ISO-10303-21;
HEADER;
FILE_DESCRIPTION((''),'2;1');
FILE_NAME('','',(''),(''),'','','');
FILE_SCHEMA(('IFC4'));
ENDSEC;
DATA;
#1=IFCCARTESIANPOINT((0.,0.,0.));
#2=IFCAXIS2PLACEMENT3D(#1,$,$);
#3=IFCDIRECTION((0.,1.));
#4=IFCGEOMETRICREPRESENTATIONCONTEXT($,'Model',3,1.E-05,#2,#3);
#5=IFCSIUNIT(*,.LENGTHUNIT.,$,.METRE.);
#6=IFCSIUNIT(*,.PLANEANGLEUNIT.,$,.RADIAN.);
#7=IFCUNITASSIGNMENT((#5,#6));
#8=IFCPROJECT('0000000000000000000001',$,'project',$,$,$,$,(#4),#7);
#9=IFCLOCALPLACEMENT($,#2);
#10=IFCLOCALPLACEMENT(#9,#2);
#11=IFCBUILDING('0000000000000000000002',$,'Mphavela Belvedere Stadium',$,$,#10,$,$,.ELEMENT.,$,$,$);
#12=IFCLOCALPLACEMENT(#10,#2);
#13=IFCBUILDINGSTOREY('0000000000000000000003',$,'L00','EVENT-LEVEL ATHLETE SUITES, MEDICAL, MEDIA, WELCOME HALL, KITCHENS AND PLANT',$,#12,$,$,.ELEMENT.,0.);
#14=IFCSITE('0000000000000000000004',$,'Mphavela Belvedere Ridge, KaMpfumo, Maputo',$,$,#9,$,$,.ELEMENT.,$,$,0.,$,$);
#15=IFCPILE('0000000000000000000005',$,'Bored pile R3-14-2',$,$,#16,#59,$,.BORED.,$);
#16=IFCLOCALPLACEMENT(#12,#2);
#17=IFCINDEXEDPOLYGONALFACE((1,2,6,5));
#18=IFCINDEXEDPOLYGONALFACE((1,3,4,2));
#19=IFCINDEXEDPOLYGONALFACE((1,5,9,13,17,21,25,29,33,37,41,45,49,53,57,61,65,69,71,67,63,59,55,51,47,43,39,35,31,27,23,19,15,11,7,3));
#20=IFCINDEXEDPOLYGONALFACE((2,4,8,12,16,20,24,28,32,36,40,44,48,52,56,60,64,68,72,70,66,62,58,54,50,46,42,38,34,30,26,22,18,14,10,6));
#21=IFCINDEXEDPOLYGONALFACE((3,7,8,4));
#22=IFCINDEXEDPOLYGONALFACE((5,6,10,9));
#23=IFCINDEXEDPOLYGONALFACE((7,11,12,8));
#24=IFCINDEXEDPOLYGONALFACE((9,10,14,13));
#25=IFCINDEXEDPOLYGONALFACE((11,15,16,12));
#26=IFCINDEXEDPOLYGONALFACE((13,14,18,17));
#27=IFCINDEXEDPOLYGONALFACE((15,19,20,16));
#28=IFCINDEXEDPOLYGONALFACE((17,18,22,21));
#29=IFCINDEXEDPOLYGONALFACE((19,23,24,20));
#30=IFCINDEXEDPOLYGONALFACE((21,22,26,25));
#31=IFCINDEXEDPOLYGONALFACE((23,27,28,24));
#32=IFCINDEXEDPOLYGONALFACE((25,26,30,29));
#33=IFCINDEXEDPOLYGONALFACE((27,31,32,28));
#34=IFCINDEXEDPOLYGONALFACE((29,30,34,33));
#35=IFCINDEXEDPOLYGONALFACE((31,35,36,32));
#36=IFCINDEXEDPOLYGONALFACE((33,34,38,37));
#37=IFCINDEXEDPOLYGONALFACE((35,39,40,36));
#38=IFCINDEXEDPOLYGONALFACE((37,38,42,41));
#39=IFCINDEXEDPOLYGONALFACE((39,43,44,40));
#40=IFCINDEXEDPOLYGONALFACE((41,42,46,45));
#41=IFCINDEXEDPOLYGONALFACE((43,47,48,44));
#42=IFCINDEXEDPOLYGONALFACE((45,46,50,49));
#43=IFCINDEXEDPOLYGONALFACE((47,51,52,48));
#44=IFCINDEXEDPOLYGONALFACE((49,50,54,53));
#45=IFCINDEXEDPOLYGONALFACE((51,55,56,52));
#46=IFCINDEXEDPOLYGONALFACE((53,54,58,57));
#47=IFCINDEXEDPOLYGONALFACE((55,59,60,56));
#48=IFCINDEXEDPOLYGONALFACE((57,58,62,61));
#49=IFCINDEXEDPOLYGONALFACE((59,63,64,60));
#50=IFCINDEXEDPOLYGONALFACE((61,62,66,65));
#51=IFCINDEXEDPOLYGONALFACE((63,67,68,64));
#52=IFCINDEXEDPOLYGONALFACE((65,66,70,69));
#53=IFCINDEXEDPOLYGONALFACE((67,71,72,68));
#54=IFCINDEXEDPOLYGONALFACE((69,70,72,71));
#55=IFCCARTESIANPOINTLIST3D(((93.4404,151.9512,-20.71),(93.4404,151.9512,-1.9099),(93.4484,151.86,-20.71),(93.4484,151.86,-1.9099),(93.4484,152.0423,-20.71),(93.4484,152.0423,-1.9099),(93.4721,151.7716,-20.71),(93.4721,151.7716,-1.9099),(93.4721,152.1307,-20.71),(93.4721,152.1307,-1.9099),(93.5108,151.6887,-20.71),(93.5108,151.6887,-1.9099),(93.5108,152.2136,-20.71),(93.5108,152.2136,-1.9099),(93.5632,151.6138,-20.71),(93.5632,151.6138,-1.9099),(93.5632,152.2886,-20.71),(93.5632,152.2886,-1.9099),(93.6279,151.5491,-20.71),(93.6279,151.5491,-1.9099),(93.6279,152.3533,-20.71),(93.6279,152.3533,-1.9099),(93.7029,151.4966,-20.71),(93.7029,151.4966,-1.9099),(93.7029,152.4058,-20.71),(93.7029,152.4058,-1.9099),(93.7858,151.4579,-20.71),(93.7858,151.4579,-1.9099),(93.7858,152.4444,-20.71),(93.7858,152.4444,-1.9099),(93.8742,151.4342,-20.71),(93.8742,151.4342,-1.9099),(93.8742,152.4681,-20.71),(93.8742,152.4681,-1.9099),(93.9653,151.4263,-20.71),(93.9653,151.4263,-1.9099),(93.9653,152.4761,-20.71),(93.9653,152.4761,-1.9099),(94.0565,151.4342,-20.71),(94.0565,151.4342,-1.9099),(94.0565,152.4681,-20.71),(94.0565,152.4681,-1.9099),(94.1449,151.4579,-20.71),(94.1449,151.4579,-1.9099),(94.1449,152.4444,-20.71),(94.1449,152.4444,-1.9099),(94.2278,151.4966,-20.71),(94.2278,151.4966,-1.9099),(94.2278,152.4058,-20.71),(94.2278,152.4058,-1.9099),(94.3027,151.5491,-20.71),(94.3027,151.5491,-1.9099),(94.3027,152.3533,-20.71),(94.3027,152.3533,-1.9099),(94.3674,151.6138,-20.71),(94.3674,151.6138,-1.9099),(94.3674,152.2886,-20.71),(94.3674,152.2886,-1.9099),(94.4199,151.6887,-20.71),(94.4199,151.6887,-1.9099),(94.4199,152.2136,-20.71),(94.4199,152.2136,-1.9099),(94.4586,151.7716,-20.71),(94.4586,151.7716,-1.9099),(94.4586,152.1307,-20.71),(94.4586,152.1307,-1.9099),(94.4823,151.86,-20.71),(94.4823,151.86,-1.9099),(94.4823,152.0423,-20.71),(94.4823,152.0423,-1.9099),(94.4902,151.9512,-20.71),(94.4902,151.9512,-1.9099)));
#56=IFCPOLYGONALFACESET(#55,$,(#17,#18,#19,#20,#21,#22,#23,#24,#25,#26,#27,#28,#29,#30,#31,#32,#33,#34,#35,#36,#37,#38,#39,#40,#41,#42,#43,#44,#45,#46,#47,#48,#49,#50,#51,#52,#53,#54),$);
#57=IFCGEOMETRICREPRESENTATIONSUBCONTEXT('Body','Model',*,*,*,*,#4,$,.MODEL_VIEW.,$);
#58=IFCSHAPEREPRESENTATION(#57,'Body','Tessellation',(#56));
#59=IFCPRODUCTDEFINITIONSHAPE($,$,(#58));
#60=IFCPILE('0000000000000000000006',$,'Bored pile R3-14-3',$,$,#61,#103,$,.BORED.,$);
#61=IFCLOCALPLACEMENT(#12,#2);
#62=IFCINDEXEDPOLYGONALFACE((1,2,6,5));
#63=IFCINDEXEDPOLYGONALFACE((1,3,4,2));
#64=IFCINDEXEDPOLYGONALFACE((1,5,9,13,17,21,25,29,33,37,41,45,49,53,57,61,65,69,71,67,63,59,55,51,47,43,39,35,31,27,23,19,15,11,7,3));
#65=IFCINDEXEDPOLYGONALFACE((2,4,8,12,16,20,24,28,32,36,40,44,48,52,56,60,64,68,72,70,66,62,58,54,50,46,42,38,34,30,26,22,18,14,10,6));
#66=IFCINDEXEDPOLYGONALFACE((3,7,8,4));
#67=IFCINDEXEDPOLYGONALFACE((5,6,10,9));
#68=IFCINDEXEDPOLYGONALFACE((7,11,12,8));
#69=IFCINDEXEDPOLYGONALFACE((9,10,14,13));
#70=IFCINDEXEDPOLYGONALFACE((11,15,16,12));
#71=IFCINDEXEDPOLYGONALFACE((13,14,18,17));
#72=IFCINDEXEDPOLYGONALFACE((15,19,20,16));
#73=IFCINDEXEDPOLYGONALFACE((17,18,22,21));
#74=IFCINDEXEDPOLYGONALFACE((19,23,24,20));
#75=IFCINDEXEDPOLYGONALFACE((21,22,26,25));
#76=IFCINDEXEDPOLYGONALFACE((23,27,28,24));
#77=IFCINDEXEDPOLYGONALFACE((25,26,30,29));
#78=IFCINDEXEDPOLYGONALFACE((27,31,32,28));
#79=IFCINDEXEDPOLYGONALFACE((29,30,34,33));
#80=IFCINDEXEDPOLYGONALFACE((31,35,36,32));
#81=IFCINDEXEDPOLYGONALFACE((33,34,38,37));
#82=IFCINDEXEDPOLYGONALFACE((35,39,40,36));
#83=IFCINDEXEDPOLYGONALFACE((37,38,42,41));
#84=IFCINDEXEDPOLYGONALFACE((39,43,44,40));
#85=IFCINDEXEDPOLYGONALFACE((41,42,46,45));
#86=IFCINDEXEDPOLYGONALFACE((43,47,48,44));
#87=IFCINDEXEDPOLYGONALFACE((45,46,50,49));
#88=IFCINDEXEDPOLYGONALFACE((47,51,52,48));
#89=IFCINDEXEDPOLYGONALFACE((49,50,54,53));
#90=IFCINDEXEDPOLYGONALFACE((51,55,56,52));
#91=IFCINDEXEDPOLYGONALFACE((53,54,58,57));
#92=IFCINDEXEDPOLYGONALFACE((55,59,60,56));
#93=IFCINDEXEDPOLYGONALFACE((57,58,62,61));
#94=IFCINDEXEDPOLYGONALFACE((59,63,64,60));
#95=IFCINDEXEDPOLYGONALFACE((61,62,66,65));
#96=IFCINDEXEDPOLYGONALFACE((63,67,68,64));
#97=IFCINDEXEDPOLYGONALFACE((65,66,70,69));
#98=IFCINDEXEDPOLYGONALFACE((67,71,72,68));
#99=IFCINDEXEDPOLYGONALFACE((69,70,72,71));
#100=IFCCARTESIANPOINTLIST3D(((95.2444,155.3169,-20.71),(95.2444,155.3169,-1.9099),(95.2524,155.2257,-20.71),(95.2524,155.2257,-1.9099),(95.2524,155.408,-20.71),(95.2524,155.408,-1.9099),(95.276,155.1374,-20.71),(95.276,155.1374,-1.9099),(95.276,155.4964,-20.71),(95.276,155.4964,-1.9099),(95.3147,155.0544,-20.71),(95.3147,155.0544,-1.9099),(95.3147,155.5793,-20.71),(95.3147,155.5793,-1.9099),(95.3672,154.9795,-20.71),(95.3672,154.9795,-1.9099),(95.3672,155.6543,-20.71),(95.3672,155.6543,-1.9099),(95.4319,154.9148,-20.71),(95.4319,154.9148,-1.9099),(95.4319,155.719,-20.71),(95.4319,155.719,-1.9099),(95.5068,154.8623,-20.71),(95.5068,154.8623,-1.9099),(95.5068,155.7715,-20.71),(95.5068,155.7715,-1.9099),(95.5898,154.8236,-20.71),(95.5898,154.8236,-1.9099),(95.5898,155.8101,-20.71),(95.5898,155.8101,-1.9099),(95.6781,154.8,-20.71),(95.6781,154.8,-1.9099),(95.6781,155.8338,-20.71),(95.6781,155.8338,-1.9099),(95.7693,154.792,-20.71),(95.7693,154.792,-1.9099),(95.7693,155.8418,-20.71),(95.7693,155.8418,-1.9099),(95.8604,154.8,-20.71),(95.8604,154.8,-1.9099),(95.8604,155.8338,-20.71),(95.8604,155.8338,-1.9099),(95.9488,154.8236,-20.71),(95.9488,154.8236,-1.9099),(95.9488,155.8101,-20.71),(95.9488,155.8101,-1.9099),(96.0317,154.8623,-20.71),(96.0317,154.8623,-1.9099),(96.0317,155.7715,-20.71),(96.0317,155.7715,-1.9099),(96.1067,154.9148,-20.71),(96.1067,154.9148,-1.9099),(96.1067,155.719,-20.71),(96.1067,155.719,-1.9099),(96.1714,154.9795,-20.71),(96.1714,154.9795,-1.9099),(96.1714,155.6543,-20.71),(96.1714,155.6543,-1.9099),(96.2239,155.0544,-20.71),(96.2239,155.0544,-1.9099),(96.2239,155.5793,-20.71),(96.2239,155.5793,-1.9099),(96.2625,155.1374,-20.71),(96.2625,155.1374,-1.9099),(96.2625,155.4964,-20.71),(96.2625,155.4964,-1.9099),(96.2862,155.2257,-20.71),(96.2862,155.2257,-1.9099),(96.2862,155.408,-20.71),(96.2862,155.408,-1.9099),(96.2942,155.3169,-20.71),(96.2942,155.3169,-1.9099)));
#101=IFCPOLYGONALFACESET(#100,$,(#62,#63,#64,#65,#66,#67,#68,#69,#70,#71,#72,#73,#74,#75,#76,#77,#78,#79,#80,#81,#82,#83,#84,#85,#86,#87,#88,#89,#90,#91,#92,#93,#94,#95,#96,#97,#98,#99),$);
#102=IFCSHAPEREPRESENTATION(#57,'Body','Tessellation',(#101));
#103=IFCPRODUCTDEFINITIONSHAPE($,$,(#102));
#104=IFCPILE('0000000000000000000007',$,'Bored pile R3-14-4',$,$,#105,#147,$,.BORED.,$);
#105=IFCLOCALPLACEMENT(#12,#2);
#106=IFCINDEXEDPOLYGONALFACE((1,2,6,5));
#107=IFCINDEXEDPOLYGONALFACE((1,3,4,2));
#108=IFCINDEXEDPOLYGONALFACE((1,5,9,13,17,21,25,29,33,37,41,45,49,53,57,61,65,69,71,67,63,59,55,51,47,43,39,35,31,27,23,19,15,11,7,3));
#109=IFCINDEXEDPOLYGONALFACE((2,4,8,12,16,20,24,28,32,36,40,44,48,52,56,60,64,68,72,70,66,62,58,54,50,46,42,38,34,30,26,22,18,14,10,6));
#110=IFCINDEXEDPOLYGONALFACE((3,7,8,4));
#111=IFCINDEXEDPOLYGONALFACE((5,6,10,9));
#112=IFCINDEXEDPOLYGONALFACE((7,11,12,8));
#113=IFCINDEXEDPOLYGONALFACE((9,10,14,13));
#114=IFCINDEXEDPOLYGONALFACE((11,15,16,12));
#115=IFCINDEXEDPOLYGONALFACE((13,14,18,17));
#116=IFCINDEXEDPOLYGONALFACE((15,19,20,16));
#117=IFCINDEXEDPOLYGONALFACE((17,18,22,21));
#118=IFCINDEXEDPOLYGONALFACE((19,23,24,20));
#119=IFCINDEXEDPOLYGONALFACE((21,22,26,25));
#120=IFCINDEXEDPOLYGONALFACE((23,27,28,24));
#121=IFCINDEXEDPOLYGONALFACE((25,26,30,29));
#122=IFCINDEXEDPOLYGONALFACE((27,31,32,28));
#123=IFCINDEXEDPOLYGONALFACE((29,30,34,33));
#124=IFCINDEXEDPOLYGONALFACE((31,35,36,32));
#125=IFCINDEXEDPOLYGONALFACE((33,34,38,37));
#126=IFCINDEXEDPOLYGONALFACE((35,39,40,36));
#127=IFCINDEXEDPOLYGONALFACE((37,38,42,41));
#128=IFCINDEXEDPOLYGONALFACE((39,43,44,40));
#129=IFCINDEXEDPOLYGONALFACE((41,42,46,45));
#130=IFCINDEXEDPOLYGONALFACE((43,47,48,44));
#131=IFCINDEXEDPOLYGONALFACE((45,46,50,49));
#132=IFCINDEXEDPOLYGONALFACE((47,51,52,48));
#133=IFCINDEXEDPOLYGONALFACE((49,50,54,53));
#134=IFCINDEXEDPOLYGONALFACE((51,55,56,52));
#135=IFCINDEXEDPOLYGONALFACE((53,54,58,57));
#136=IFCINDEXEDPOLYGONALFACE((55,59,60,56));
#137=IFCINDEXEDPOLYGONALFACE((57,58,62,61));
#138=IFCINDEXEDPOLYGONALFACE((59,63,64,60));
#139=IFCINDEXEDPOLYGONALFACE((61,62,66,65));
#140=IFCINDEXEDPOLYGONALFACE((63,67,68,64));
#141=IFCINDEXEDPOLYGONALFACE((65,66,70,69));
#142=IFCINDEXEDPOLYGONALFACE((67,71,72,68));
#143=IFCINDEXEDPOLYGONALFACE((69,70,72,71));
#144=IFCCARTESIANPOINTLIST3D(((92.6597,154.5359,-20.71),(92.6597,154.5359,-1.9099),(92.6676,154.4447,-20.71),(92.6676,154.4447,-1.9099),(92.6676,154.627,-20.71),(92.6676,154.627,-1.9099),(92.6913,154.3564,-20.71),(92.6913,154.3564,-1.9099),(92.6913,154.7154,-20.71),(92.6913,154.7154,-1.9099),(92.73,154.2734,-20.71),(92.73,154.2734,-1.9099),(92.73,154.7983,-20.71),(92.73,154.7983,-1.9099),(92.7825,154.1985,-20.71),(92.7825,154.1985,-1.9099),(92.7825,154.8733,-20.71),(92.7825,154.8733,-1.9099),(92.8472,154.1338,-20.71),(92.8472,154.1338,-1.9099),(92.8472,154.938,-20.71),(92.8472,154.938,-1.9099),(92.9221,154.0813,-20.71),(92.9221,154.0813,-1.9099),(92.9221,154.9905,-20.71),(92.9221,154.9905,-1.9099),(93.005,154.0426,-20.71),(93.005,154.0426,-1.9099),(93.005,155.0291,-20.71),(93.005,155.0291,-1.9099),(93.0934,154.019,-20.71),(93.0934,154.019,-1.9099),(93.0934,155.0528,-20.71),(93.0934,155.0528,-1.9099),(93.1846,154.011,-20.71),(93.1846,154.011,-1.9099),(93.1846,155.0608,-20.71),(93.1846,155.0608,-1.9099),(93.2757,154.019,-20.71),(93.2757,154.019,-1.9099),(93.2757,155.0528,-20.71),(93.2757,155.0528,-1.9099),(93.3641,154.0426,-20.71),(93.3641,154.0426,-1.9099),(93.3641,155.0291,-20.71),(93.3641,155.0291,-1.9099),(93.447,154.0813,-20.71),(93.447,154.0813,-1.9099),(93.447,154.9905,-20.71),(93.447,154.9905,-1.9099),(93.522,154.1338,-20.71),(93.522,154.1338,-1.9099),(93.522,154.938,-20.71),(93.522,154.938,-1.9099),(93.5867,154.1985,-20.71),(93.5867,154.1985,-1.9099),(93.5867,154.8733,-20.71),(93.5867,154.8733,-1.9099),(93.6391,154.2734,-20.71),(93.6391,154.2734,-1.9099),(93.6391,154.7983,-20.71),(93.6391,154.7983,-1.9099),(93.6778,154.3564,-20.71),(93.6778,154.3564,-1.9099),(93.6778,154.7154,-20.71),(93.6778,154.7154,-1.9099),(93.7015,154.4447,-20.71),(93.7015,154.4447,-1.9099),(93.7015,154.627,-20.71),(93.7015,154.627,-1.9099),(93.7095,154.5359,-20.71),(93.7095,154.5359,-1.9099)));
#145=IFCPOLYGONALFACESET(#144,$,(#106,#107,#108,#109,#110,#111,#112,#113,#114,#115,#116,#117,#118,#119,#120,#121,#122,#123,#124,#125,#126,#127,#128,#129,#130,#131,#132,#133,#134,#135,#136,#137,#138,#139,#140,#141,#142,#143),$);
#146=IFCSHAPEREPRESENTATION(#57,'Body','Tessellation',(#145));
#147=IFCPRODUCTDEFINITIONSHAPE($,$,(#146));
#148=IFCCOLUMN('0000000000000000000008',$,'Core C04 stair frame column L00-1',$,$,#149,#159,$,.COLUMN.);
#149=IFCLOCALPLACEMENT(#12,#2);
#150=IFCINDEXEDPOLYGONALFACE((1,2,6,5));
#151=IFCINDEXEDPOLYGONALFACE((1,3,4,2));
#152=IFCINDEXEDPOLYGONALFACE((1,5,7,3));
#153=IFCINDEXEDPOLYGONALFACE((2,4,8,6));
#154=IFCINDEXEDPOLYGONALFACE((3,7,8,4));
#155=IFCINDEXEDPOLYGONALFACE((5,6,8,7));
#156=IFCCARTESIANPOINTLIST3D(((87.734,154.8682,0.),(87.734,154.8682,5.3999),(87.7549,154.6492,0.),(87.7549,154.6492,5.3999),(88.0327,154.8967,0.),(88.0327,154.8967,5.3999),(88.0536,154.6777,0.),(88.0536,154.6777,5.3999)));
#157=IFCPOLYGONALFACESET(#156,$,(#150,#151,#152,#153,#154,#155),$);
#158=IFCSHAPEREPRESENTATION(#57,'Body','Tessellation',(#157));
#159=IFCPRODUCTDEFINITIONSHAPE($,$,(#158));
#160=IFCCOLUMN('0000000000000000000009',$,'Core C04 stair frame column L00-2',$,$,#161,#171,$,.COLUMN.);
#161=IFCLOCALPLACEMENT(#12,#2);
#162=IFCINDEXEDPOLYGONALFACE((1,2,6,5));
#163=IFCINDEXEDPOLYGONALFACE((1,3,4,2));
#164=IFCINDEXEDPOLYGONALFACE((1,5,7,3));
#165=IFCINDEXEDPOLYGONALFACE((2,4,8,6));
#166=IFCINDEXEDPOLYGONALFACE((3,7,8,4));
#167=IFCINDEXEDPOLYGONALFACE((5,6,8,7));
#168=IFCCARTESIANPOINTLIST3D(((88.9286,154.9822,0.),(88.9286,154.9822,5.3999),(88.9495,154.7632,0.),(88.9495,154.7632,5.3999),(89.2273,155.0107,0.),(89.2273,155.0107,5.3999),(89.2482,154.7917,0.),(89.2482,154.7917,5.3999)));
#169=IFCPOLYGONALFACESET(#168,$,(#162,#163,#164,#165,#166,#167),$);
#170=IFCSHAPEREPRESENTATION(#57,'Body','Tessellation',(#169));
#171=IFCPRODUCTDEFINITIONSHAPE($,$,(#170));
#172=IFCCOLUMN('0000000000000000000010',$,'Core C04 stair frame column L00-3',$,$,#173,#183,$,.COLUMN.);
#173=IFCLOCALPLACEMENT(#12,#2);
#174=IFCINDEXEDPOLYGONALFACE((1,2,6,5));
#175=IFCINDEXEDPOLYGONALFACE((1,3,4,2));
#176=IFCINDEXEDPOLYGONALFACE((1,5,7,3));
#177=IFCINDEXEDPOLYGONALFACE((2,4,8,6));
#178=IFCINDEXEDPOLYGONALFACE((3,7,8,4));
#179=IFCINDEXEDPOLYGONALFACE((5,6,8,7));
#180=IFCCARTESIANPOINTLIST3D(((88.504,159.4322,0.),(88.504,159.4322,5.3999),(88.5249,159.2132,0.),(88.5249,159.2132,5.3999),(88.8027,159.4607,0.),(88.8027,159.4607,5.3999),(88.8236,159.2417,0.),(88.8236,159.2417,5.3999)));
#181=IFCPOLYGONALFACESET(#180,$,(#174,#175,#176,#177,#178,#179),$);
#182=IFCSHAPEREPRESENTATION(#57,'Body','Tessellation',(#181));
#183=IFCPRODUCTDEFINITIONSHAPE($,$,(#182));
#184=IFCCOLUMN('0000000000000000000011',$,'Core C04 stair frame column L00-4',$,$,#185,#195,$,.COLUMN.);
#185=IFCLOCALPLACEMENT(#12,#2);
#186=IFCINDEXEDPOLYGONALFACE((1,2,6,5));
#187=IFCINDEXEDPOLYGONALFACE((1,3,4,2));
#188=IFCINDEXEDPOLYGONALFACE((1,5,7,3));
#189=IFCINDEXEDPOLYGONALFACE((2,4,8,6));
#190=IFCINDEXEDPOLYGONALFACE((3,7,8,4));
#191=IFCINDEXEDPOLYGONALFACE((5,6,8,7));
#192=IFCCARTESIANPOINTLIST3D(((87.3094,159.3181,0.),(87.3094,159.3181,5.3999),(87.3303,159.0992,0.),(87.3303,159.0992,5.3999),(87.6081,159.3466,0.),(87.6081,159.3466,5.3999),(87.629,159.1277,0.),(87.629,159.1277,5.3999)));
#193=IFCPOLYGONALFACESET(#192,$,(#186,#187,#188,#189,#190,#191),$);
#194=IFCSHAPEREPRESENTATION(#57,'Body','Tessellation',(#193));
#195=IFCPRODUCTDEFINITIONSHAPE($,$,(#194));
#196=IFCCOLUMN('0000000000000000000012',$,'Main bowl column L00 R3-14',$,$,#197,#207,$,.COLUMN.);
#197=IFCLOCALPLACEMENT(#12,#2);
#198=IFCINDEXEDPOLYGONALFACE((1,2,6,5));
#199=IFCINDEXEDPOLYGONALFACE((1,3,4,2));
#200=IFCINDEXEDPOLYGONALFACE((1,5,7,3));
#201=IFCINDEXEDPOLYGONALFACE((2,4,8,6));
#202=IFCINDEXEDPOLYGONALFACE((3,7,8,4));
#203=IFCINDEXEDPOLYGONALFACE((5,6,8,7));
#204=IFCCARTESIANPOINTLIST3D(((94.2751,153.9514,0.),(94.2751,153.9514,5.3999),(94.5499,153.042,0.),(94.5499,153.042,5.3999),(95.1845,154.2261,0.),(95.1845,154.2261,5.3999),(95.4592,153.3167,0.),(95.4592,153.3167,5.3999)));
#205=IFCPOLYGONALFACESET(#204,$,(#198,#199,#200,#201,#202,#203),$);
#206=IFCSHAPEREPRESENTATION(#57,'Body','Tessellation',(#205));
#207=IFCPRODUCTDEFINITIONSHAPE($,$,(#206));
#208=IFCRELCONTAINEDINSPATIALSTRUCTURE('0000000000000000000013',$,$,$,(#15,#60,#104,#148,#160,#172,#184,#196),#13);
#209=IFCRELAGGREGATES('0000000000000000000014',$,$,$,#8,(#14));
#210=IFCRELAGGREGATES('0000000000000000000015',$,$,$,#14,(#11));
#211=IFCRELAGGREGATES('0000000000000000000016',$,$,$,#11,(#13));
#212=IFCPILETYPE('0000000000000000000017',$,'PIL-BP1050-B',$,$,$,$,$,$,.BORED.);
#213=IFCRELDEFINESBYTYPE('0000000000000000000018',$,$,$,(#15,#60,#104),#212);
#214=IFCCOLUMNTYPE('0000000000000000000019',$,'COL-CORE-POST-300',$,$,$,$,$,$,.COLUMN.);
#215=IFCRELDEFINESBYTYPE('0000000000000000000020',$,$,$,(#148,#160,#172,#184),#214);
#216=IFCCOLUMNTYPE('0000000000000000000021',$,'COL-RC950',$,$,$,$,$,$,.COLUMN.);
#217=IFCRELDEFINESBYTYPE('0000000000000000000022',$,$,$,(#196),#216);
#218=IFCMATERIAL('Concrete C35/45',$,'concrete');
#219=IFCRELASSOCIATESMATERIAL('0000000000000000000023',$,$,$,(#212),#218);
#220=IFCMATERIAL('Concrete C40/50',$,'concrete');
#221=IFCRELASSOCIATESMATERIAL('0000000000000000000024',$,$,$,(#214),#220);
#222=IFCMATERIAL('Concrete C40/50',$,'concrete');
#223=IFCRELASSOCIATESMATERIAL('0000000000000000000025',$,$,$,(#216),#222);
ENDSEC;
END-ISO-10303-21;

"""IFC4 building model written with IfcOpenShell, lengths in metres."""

from ifc_helpers import new_model, si_unit, direction, frame, origin, origin_2d, place, context, subcontext, project, spatial, rectangle, circle, extrude, material, material_profile, profile_set, type_object, element, save


model = new_model("IFC4")

# Units and contexts
model_context = context("Model", 3, precision=1e-05, world=origin(), true_north=direction((0.0, 1.0)))
body_context = subcontext(model_context, "Body", "Model", "MODEL_VIEW")
ifc_project = project(units=[si_unit("LENGTHUNIT", "METRE"), si_unit("PLANEANGLEUNIT", "RADIAN")], contexts=[model_context])

# Site, building, storey
site_placement = place(None, origin())
site = spatial("IfcSite", under=ifc_project, at=site_placement, Name="Mphavela Belvedere Ridge, KaMpfumo, Maputo", CompositionType="ELEMENT", RefElevation=0.0)
building_placement = place(site_placement, origin())
building = spatial("IfcBuilding", under=site, at=building_placement, Name="Mphavela Belvedere Stadium", CompositionType="ELEMENT")
storey_placement = place(building_placement, origin())
storey = spatial("IfcBuildingStorey", under=building, at=storey_placement, Name="L00", Description="EVENT-LEVEL ATHLETE SUITES, MEDICAL, MEDIA, WELCOME HALL, KITCHENS AND PLANT", CompositionType="ELEMENT", Elevation=0.0)

# Piles
ifc_material_1 = material(Name="Concrete C35/45", Category="concrete")
ifc_material_profile_1 = material_profile(ifc_material_1, circle(Radius=0.5249, at=origin_2d()), Name="BP D1050")
ifc_profile_set_1 = profile_set([ifc_material_profile_1], Name="Concrete C35/45")
pile_type_1 = type_object("IfcPileType", Name="PIL-BP1050-B", PredefinedType="BORED", material=ifc_profile_set_1)
for number, where, z_axis, x_axis, name in (
    (1, (93.9653, 151.9512, -1.9099), (0.0, 0.0, -1.0), (1.0, 0.0, 0.0), "Bored pile R3-14-2"),
    (2, (95.7693, 155.3169, -1.9099), (0.0, 0.0, -1.0), (1.0, 0.0, 0.0), "Bored pile R3-14-3"),
    (3, (93.1846, 154.5359, -1.9099), (0.0, 0.0, -1.0), (1.0, 0.0, 0.0), "Bored pile R3-14-4"),
):
    element("IfcPile", number, at=place(storey_placement, frame(where, z_axis=z_axis, x_axis=x_axis)), inside=storey, type_object=pile_type_1, Name=name, PredefinedType="BORED", context=body_context, shape_type="SweptSolid", body=[
        extrude(circle(Radius=0.5249, at=origin_2d()), origin(), (0.0, 0.0, 1.0), 18.8),
    ])

# Columns
ifc_material_2 = material(Name="Concrete C40/50", Category="concrete")
ifc_material_profile_2 = material_profile(ifc_material_2, rectangle(XDim=0.3, YDim=0.22, at=origin_2d()), Name="RC 300x220")
ifc_profile_set_2 = profile_set([ifc_material_profile_2], Name="Concrete C40/50")
column_type_1 = type_object("IfcColumnType", Name="COL-CORE-POST-300", PredefinedType="COLUMN", material=ifc_profile_set_2)
for number, where, z_axis, x_axis, name in (
    (4, (87.8938, 154.7729, 0.0), (0.0, 0.0, 1.0), (0.995479, 0.094977, 0.0), "Core C04 stair frame column L00-1"),
    (5, (89.0884, 154.887, 0.0), (0.0, 0.0, 1.0), (0.995479, 0.094977, 0.0), "Core C04 stair frame column L00-2"),
    (6, (88.6638, 159.3369, 0.0), (0.0, 0.0, 1.0), (0.995479, 0.094977, 0.0), "Core C04 stair frame column L00-3"),
    (7, (87.4692, 159.2229, 0.0), (0.0, 0.0, 1.0), (0.995479, 0.094977, 0.0), "Core C04 stair frame column L00-4"),
):
    element("IfcColumn", number, at=place(storey_placement, frame(where, z_axis=z_axis, x_axis=x_axis)), inside=storey, type_object=column_type_1, Name=name, PredefinedType="COLUMN", context=body_context, shape_type="SweptSolid", body=[
        extrude(rectangle(XDim=0.3, YDim=0.22, at=origin_2d()), origin(), (0.0, 0.0, 1.0), 5.3999),
    ])
ifc_material_3 = material(Name="Concrete C40/50", Category="concrete")
ifc_material_profile_3 = material_profile(ifc_material_3, rectangle(XDim=0.95, YDim=0.95, at=origin_2d()), Name="RC 950x950")
ifc_profile_set_3 = profile_set([ifc_material_profile_3], Name="Concrete C40/50")
column_type_2 = type_object("IfcColumnType", Name="COL-RC950", PredefinedType="COLUMN", material=ifc_profile_set_3)
column_placement = place(storey_placement, frame((94.8672, 153.634, 0.0), z_axis=(0.0, 0.0, 1.0), x_axis=(-0.289199, 0.957269, 0.0)))
element("IfcColumn", 8, at=column_placement, inside=storey, type_object=column_type_2, Name="Main bowl column L00 R3-14", PredefinedType="COLUMN", context=body_context, shape_type="SweptSolid", body=[
    extrude(rectangle(XDim=0.95, YDim=0.95, at=origin_2d()), origin(), (0.0, 0.0, 1.0), 5.3999),
])

save(model, "model.ifc")
